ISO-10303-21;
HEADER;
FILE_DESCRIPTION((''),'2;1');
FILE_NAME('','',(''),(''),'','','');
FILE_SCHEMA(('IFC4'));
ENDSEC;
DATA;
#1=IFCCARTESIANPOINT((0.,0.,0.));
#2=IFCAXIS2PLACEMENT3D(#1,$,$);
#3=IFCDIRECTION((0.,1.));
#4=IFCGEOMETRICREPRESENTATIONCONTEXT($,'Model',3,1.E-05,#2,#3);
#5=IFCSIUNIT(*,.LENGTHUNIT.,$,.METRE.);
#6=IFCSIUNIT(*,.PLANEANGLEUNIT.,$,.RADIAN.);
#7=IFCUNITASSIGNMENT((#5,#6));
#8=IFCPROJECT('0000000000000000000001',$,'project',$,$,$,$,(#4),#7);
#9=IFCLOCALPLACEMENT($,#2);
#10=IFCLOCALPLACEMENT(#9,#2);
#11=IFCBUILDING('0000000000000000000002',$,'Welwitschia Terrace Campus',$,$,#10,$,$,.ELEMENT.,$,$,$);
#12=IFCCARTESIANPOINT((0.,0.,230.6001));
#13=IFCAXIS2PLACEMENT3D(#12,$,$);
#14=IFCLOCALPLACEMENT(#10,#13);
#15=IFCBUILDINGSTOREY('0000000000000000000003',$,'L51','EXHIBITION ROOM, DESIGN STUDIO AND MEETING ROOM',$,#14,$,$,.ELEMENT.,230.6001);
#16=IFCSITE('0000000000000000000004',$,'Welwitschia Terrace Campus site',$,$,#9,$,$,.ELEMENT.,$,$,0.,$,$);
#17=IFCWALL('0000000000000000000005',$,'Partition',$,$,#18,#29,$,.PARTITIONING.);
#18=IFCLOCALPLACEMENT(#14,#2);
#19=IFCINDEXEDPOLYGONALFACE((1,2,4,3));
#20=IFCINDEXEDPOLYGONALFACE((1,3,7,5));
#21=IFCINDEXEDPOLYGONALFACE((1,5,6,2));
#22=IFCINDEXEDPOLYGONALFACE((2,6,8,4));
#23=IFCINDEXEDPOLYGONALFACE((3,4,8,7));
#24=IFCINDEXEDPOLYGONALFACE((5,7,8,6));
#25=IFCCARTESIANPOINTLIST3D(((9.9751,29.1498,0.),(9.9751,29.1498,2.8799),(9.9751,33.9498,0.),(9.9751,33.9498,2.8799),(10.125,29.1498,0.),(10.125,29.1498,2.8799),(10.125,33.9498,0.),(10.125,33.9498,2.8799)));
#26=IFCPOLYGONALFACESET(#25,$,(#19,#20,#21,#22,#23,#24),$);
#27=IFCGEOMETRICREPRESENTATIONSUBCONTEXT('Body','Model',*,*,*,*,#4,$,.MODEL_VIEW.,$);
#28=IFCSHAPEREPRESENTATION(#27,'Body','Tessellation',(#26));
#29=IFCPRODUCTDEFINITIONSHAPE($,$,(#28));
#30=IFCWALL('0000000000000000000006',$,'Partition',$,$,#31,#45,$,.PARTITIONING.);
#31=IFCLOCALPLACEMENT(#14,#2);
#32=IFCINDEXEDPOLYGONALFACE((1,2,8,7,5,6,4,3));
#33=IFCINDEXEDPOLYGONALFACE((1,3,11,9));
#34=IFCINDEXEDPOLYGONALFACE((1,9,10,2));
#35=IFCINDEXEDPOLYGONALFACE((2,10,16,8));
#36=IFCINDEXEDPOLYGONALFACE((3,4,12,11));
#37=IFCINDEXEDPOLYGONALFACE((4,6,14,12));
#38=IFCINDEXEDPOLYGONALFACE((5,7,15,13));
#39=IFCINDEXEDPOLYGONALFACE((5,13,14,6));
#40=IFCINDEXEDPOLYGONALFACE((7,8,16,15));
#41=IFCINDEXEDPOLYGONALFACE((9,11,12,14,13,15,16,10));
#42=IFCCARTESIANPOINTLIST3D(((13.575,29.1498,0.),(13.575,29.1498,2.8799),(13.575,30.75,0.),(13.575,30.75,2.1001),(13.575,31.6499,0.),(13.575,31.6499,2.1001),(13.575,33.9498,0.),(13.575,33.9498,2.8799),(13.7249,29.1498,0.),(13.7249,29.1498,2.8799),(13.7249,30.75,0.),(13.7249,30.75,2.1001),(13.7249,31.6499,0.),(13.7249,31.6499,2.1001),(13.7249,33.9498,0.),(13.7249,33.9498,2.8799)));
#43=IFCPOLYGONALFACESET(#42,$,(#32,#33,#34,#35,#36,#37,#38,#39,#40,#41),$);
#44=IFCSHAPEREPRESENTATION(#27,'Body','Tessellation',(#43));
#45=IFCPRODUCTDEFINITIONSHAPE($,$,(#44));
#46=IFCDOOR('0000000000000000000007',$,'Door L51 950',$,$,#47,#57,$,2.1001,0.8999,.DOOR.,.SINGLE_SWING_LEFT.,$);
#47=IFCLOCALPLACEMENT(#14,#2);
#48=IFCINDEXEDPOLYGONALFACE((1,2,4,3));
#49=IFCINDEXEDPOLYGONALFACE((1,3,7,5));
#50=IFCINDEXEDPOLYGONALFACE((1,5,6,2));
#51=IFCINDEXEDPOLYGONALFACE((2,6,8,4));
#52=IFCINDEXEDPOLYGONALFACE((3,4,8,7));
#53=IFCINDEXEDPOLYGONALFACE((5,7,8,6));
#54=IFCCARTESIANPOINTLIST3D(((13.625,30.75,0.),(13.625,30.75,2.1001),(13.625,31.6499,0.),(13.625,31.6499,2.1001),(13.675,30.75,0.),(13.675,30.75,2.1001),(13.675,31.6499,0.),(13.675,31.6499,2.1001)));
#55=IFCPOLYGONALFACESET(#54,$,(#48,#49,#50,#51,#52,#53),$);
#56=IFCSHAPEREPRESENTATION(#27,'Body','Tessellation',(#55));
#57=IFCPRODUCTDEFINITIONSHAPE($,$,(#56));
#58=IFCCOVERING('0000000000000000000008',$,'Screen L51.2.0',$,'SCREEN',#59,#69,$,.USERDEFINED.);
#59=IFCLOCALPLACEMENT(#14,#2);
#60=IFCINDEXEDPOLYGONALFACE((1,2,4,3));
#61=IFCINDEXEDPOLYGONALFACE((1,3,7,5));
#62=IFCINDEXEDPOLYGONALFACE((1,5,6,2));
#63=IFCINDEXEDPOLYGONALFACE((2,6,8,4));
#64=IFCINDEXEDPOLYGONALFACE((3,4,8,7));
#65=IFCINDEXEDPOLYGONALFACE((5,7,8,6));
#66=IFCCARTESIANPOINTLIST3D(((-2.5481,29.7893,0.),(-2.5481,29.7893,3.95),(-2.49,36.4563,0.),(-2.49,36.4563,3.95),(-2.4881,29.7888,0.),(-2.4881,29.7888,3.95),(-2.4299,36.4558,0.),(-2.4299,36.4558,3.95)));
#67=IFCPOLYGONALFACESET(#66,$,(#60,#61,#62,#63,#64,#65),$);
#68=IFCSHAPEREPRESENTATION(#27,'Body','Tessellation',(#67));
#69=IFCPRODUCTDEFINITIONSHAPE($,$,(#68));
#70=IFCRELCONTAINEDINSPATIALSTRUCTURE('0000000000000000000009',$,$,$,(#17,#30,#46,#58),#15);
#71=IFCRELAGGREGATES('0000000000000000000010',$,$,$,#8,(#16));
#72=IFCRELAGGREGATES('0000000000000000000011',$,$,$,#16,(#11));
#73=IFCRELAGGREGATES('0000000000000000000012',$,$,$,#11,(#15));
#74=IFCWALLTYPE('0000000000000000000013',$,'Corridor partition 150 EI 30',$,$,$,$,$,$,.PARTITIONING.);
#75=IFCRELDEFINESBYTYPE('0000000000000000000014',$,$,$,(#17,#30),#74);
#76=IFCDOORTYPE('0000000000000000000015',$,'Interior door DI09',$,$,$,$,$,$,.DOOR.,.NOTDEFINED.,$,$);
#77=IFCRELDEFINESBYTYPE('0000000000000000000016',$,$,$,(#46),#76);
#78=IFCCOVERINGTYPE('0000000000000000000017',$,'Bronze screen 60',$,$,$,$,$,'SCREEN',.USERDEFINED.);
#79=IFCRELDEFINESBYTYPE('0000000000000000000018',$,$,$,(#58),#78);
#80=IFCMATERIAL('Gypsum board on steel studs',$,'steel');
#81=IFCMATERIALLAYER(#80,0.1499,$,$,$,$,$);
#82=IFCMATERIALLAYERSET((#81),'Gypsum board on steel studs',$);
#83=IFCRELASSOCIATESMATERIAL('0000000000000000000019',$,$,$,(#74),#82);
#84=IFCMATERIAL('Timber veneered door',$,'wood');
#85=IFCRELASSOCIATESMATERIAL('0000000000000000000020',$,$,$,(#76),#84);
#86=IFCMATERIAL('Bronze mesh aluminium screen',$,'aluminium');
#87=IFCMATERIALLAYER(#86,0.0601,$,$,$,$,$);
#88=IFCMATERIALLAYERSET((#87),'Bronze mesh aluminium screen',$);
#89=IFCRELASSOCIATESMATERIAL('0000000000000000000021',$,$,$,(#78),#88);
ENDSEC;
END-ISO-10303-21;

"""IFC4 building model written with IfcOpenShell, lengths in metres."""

from ifc_helpers import new_model, si_unit, direction, frame, frame_2d, origin, origin_2d, place, context, subcontext, project, spatial, rectangle, extrude, material, layer, layer_set, type_object, element, fill, save


model = new_model("IFC4")

# Units and contexts
model_context = context("Model", 3, precision=1e-05, world=origin(), true_north=direction((0.0, 1.0)))
body_context = subcontext(model_context, "Body", "Model", "MODEL_VIEW")
ifc_project = project(units=[si_unit("LENGTHUNIT", "METRE"), si_unit("PLANEANGLEUNIT", "RADIAN")], contexts=[model_context])

# Site, building, storey
site_placement = place(None, origin())
site = spatial("IfcSite", under=ifc_project, at=site_placement, Name="Welwitschia Terrace Campus site", CompositionType="ELEMENT", RefElevation=0.0)
building_placement = place(site_placement, origin())
building = spatial("IfcBuilding", under=site, at=building_placement, Name="Welwitschia Terrace Campus", CompositionType="ELEMENT")
storey_placement = place(building_placement, frame((0.0, 0.0, 230.6001)))
storey = spatial("IfcBuildingStorey", under=building, at=storey_placement, Name="L51", Description="EXHIBITION ROOM, DESIGN STUDIO AND MEETING ROOM", CompositionType="ELEMENT", Elevation=230.6001)

# Shared definitions
ifc_material_1 = material(Name="Gypsum board on steel studs", Category="steel")
ifc_layer_1 = layer(ifc_material_1, 0.1499)
ifc_layer_set_1 = layer_set([ifc_layer_1], Name="Gypsum board on steel studs")
wall_type = type_object("IfcWallType", Name="Corridor partition 150 EI 30", PredefinedType="PARTITIONING", material=ifc_layer_set_1)

# Shared definitions
ifc_material_2 = material(Name="Timber veneered door", Category="wood")
door_type = type_object("IfcDoorType", Name="Interior door DI09", OperationType="NOTDEFINED", PredefinedType="DOOR", material=ifc_material_2)

# Wall
wall_1_placement = place(storey_placement, frame((10.05, 29.1499, 0.0), z_axis=(0.0, 0.0, 1.0), x_axis=(0.0, 1.0, 0.0)))
element("IfcWall", 1, at=wall_1_placement, inside=storey, type_object=wall_type, Name="Partition", PredefinedType="PARTITIONING", context=body_context, shape_type="SweptSolid", body=[
    extrude(rectangle(XDim=4.8, YDim=0.1499, at=frame_2d((2.3999, 0.0))), origin(), (0.0, 0.0, 1.0), 2.8799),
])

# Wall, opening, door
wall_2_placement = place(storey_placement, frame((13.6499, 29.1499, 0.0), z_axis=(0.0, 0.0, 1.0), x_axis=(0.0, 1.0, 0.0)))
wall_2 = element("IfcWall", 2, at=wall_2_placement, inside=storey, type_object=wall_type, Name="Partition", PredefinedType="PARTITIONING", context=body_context, shape_type="SweptSolid", body=[
    extrude(rectangle(XDim=4.8, YDim=0.1499, at=frame_2d((2.3999, 0.0))), origin(), (0.0, 0.0, 1.0), 2.8799),
])
opening_1_placement = place(wall_2_placement, frame((1.6001, 0.0, 0.0)))
opening_1 = element("IfcOpeningElement", 3, at=opening_1_placement, cuts=wall_2, PredefinedType="OPENING", context=body_context, shape_type="SweptSolid", body=[
    extrude(rectangle(XDim=0.8999, YDim=2.1001, at=frame_2d((0.45, 1.05))), frame((0.0, 0.085, 0.0), z_axis=(0.0, -1.0, 0.0), x_axis=(1.0, 0.0, 0.0)), (0.0, 0.0, 1.0), 0.1699),
])
door_1_placement = place(opening_1_placement, origin())
door_1 = element("IfcDoor", 4, at=door_1_placement, inside=storey, type_object=door_type, Name="Door L51 950", OperationType="SINGLE_SWING_LEFT", OverallHeight=2.1001, OverallWidth=0.8999, PredefinedType="DOOR", context=body_context, shape_type="SweptSolid", body=[
    extrude(rectangle(XDim=0.8999, YDim=2.1001, at=frame_2d((0.45, 1.05))), frame((0.0, 0.0249, 0.0), z_axis=(0.0, -1.0, 0.0), x_axis=(1.0, 0.0, 0.0)), (0.0, 0.0, 1.0), 0.05),
])
fill(opening_1, door_1)

# Covering
ifc_material_3 = material(Name="Bronze mesh aluminium screen", Category="aluminium")
ifc_layer_2 = layer(ifc_material_3, 0.0601)
ifc_layer_set_2 = layer_set([ifc_layer_2], Name="Bronze mesh aluminium screen")
covering_type = type_object("IfcCoveringType", Name="Bronze screen 60", ElementType="SCREEN", PredefinedType="USERDEFINED", material=ifc_layer_set_2)
covering_placement = place(storey_placement, frame((-2.489, 33.1226, 0.0), z_axis=(0.0, 0.0, 1.0), x_axis=(-0.008727, -0.999962, 0.0)))
element("IfcCovering", 5, at=covering_placement, inside=storey, type_object=covering_type, Name="Screen L51.2.0", ObjectType="SCREEN", PredefinedType="USERDEFINED", context=body_context, shape_type="SweptSolid", body=[
    extrude(rectangle(XDim=6.6672, YDim=0.0601, at=origin_2d()), origin(), (0.0, 0.0, 1.0), 3.95),
])

save(model, "model.ifc")
